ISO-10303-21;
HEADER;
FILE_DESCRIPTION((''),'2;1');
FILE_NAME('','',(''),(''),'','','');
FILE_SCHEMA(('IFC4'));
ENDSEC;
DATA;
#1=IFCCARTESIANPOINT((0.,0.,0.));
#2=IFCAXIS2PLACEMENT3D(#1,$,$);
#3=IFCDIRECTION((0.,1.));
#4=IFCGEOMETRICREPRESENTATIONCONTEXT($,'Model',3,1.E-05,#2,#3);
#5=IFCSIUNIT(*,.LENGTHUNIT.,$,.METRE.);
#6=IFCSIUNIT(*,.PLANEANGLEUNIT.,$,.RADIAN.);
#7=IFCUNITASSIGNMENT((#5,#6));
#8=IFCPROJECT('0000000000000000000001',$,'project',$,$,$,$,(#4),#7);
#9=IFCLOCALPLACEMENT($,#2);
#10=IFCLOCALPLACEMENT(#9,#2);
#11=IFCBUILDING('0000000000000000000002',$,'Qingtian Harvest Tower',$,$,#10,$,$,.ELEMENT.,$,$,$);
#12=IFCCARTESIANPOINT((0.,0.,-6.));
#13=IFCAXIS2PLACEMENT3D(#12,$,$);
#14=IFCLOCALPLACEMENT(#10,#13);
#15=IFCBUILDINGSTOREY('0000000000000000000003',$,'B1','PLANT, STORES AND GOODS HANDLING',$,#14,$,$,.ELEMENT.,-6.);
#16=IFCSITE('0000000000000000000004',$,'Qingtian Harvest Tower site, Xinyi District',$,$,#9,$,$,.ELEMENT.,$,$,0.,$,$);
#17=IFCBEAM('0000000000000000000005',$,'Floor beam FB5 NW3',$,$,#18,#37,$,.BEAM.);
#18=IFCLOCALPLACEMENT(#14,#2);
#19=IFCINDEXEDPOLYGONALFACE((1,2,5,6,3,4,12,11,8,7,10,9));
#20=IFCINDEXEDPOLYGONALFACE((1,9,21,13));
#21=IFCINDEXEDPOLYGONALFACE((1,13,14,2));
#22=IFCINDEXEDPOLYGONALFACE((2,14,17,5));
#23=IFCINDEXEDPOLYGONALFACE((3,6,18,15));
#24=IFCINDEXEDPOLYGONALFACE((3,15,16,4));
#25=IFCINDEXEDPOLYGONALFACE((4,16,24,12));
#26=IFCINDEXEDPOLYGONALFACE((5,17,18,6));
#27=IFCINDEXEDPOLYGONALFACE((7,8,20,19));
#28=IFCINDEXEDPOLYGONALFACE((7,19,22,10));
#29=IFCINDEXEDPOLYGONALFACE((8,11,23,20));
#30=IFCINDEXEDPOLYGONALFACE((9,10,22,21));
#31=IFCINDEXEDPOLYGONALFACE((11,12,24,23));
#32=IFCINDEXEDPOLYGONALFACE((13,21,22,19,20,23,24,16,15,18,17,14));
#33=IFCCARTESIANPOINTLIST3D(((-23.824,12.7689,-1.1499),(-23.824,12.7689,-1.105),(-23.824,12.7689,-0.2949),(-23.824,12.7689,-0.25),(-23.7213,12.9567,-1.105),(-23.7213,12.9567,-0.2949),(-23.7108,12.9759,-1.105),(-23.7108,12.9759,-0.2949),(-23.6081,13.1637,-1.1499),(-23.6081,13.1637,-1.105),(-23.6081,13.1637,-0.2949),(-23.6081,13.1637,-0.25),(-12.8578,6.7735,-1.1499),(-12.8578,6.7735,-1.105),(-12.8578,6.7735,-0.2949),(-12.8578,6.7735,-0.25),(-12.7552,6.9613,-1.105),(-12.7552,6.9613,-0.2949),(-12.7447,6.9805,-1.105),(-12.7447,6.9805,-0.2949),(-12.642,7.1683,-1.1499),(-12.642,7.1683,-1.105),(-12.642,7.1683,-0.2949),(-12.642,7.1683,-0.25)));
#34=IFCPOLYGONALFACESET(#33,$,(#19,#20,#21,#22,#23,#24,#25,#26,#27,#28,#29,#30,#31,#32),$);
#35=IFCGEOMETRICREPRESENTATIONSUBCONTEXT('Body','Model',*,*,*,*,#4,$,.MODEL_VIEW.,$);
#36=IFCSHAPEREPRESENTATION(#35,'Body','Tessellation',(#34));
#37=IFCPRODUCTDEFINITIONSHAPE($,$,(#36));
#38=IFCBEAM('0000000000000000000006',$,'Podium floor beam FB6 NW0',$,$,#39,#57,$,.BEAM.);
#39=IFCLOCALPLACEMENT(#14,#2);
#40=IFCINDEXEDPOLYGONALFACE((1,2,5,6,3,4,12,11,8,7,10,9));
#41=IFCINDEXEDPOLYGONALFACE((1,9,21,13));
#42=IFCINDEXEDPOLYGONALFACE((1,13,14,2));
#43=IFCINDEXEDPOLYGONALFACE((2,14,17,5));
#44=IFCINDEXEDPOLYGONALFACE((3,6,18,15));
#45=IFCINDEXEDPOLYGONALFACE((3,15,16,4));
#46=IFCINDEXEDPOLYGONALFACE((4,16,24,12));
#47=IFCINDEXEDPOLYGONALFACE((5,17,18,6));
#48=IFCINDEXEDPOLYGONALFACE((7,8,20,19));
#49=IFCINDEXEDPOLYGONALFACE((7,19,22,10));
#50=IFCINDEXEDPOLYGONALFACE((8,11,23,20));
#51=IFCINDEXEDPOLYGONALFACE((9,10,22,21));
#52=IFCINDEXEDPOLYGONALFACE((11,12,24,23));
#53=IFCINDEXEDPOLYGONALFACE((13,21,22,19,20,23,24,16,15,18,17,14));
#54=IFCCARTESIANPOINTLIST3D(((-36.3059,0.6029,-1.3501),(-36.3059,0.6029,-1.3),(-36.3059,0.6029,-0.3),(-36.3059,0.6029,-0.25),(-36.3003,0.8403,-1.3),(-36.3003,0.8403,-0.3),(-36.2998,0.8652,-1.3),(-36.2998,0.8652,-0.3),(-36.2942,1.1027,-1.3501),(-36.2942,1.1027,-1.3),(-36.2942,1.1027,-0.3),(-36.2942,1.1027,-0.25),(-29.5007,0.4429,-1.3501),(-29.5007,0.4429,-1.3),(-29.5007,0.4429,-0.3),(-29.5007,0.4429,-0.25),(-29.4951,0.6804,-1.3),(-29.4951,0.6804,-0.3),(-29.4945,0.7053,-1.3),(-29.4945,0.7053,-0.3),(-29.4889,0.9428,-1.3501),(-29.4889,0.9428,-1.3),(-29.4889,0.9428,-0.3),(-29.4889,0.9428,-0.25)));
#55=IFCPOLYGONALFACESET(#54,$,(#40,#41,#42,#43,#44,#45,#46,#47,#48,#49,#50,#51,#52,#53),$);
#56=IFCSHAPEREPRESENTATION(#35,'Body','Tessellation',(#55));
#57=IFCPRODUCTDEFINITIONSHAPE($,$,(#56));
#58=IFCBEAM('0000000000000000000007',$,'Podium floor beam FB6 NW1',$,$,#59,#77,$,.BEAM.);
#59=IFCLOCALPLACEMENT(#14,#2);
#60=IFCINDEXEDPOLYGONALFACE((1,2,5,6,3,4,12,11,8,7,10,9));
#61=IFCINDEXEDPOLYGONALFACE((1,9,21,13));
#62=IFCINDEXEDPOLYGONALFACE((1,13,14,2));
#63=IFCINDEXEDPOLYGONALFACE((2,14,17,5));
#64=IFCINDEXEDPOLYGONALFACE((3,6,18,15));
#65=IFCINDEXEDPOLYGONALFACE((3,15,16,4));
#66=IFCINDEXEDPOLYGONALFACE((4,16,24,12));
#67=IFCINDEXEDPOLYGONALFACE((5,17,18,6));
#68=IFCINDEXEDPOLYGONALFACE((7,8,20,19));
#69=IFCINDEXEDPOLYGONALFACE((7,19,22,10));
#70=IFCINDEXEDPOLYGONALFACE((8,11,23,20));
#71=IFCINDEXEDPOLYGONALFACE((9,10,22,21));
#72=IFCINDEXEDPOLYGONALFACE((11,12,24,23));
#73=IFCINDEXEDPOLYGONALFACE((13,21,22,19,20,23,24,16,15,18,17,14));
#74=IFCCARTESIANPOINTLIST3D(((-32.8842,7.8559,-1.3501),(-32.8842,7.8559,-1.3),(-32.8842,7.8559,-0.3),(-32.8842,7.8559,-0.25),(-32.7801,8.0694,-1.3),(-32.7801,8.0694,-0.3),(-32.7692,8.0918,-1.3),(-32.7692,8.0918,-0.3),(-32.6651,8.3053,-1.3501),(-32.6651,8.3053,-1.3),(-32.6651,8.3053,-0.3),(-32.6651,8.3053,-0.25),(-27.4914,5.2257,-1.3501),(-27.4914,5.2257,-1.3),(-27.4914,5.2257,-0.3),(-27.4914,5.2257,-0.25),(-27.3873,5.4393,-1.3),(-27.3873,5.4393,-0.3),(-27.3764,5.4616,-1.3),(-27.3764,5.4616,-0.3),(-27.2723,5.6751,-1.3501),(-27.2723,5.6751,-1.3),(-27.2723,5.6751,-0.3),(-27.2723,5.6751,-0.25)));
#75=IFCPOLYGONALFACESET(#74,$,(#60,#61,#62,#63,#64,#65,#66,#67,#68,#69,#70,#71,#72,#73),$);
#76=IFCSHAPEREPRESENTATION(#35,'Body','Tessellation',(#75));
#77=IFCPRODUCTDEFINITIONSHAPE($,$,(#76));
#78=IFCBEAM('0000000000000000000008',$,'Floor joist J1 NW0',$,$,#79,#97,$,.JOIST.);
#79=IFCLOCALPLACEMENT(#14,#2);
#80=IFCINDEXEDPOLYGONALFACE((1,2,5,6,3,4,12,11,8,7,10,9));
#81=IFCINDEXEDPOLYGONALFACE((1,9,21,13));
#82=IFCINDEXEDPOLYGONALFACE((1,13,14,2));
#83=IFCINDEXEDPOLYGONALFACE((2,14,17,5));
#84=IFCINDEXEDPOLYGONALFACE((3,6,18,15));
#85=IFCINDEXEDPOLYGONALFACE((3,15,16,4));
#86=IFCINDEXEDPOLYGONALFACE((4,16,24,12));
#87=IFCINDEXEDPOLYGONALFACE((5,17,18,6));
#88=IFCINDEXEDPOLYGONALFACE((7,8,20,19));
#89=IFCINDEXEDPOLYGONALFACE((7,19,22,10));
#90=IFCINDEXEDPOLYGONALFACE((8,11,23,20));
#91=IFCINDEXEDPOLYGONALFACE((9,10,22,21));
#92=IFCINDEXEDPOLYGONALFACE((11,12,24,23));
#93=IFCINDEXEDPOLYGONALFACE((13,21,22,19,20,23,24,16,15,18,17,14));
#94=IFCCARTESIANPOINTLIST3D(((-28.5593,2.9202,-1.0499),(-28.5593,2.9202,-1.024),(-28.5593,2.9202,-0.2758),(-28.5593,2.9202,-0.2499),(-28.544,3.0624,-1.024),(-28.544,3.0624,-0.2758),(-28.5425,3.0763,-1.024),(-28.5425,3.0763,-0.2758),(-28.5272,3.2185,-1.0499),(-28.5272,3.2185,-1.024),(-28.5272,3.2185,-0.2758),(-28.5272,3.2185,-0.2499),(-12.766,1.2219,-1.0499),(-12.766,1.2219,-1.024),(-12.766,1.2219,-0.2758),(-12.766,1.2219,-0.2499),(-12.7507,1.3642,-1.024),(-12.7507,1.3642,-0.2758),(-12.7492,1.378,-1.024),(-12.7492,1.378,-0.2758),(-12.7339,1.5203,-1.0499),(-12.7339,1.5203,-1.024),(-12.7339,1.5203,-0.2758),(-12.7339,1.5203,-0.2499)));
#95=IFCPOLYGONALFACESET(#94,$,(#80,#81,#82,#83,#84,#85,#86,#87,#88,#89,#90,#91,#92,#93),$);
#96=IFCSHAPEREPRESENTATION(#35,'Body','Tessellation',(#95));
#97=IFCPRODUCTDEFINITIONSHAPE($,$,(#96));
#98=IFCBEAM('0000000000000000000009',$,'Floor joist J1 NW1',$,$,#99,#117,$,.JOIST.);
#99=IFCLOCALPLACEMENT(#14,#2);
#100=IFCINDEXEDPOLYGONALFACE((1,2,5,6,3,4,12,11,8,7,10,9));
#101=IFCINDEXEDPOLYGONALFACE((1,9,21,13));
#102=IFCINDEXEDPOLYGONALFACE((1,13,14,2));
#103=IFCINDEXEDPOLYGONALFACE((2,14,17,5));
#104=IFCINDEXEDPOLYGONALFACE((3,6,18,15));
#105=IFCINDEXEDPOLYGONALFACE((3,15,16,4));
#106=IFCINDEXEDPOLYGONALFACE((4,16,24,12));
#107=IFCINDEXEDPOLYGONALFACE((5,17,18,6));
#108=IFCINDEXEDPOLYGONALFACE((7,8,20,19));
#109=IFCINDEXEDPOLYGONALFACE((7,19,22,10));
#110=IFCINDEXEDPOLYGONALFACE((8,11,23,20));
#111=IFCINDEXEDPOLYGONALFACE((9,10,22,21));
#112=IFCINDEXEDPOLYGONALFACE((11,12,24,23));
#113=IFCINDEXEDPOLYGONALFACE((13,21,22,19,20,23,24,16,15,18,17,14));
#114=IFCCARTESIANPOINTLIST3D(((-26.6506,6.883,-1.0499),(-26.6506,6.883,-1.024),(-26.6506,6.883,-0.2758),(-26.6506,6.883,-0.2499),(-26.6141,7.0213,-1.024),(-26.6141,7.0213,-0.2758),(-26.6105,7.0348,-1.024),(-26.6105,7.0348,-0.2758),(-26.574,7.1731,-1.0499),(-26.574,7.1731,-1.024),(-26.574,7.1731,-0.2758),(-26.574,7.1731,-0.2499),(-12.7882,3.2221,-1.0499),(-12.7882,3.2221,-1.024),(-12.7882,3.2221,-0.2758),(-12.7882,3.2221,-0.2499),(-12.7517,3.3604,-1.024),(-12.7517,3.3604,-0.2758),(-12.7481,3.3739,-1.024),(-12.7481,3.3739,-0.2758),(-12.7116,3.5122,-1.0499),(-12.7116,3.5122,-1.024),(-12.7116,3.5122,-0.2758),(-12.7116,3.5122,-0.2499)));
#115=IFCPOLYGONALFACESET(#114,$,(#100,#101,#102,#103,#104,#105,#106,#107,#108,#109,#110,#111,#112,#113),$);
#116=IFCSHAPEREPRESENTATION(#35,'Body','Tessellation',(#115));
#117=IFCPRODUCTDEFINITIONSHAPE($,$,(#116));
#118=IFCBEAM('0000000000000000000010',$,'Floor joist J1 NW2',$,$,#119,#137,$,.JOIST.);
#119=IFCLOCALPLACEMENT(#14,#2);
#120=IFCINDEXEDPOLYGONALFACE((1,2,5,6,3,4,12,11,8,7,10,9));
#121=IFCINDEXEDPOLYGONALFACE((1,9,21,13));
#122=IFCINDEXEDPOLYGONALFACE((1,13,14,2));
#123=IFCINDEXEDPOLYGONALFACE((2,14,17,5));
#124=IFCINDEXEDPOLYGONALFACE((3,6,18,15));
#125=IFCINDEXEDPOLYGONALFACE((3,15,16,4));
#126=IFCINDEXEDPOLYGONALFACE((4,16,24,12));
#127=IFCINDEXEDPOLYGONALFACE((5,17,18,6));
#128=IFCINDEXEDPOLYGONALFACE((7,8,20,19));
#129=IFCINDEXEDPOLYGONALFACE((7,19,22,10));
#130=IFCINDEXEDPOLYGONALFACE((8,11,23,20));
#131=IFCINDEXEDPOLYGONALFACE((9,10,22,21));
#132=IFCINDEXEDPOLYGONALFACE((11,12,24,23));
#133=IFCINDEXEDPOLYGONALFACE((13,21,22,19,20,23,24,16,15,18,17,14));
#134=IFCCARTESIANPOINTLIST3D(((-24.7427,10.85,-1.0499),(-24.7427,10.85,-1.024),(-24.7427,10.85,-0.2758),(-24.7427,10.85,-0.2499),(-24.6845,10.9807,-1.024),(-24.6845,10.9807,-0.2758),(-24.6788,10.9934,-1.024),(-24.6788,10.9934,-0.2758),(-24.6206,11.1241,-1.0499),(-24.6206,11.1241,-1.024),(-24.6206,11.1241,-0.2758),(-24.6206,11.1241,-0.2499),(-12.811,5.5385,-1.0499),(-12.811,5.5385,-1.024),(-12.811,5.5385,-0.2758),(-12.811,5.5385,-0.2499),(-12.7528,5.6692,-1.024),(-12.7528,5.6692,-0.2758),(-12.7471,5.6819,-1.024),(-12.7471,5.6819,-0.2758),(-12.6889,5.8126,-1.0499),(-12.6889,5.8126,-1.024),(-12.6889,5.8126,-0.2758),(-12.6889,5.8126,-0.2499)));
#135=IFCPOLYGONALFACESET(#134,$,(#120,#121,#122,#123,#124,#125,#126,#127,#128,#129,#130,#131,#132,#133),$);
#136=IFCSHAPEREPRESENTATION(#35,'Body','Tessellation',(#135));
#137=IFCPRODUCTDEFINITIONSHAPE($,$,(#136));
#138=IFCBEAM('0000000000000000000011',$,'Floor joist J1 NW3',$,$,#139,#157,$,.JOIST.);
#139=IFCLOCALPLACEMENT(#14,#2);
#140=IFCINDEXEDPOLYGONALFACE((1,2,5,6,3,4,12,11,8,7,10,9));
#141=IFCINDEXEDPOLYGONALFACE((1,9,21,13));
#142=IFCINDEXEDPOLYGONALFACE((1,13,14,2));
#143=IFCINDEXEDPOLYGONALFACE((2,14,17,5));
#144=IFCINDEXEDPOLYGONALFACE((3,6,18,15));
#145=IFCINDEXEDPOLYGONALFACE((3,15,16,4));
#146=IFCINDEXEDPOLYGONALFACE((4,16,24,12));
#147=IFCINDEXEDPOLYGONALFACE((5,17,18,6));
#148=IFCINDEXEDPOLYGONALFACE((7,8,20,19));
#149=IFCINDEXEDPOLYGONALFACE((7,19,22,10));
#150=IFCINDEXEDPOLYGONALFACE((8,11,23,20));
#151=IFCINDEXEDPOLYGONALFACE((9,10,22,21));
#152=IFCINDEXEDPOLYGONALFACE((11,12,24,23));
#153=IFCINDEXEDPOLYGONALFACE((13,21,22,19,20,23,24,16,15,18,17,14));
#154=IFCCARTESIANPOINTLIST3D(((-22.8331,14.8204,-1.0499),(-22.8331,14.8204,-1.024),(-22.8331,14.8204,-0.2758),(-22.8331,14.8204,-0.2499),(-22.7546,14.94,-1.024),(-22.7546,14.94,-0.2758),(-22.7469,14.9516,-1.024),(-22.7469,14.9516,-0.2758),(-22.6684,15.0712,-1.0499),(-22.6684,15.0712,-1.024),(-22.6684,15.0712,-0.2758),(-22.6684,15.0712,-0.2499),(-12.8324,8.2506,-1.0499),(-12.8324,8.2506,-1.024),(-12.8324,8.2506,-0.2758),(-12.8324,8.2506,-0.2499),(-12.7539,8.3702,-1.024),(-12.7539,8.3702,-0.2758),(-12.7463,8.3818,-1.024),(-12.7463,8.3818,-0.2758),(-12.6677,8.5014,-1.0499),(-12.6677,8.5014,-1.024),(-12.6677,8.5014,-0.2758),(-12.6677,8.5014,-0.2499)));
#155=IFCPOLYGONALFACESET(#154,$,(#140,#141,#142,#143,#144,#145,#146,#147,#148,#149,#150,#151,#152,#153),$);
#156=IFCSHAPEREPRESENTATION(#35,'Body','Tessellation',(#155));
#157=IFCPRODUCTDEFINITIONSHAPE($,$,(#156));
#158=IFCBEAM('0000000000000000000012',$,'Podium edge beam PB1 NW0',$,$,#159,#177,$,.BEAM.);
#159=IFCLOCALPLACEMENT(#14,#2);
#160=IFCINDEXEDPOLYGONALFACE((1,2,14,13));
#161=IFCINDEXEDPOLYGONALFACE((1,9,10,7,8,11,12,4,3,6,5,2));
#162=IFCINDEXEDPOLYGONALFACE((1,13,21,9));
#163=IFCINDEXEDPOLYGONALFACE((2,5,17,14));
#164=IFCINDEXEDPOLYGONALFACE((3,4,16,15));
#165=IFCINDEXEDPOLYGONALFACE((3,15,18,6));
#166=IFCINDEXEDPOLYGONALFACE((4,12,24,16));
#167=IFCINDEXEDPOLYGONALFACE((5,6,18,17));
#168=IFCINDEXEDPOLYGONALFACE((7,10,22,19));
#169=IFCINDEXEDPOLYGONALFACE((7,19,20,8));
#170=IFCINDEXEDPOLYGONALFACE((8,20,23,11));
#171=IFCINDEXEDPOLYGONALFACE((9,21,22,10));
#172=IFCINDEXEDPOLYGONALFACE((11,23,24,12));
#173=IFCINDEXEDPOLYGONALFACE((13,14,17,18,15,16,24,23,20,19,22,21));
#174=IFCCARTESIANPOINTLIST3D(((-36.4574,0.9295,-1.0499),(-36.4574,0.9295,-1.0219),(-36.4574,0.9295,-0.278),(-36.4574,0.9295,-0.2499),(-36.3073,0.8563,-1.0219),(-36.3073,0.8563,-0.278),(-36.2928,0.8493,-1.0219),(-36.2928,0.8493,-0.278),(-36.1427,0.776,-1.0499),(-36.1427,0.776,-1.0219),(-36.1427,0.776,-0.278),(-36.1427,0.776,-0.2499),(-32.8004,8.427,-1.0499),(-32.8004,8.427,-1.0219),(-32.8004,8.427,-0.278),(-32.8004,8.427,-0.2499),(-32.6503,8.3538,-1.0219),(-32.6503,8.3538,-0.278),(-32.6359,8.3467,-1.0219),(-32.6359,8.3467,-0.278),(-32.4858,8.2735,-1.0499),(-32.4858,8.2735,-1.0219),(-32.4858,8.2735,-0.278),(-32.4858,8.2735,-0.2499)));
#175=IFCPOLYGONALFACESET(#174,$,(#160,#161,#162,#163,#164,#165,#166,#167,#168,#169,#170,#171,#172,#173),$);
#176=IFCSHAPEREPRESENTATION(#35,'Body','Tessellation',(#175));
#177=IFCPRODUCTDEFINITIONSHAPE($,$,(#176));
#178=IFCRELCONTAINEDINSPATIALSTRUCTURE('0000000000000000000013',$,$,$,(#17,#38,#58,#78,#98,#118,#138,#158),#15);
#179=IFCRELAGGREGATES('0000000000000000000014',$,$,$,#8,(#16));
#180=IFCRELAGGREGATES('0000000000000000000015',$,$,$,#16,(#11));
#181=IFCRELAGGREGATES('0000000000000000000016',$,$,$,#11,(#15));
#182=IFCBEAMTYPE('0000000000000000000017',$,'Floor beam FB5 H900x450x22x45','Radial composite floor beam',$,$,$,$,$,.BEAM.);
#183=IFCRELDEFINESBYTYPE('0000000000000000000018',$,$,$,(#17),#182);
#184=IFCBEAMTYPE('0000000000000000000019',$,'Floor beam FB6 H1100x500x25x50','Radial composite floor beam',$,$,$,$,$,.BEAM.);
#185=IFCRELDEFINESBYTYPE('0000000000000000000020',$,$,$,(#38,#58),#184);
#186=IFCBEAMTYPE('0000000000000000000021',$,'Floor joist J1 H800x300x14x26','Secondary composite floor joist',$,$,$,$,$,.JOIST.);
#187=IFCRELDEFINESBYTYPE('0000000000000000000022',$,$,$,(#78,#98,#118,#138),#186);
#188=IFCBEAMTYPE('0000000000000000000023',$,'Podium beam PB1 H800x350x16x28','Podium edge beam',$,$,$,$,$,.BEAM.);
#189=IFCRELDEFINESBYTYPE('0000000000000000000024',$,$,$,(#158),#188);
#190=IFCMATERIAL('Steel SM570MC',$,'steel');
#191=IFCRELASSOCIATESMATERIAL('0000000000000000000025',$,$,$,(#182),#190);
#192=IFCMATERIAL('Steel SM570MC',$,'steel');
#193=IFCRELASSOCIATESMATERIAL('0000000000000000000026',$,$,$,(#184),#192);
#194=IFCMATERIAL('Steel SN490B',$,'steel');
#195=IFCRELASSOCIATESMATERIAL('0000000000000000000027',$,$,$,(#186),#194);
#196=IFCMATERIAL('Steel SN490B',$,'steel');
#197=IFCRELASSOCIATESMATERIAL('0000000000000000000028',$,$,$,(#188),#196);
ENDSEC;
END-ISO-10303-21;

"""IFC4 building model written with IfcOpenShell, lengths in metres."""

from ifc_helpers import new_model, si_unit, direction, frame, origin, origin_2d, place, context, subcontext, project, spatial, i_section, extrude, material, material_profile, profile_set, type_object, element, save


model = new_model("IFC4")

# Units and contexts
model_context = context("Model", 3, precision=1e-05, world=origin(), true_north=direction((0.0, 1.0)))
body_context = subcontext(model_context, "Body", "Model", "MODEL_VIEW")
ifc_project = project(units=[si_unit("LENGTHUNIT", "METRE"), si_unit("PLANEANGLEUNIT", "RADIAN")], contexts=[model_context])

# Site, building, storey
site_placement = place(None, origin())
site = spatial("IfcSite", under=ifc_project, at=site_placement, Name="Qingtian Harvest Tower site, Xinyi District", CompositionType="ELEMENT", RefElevation=0.0)
building_placement = place(site_placement, origin())
building = spatial("IfcBuilding", under=site, at=building_placement, Name="Qingtian Harvest Tower", CompositionType="ELEMENT")
storey_placement = place(building_placement, frame((0.0, 0.0, -6.0)))
storey = spatial("IfcBuildingStorey", under=building, at=storey_placement, Name="B1", Description="PLANT, STORES AND GOODS HANDLING", CompositionType="ELEMENT", Elevation=-6.0)

# Beams
ifc_material_1 = material(Name="Steel SM570MC", Category="steel")
ifc_material_profile_1 = material_profile(ifc_material_1, i_section(OverallWidth=0.45, OverallDepth=0.8999, WebThickness=0.022, FlangeThickness=0.0449, at=origin_2d()), Name="H900x450x22x45")
ifc_profile_set_1 = profile_set([ifc_material_profile_1], Name="Steel SM570MC")
beam_type_1 = type_object("IfcBeamType", Name="Floor beam FB5 H900x450x22x45", Description="Radial composite floor beam", PredefinedType="BEAM", material=ifc_profile_set_1)
beam_1_placement = place(storey_placement, frame((-23.7161, 12.9663, -0.7), z_axis=(0.877429, -0.479707, 0.0), x_axis=(0.479707, 0.877429, 0.0)))
element("IfcBeam", 1, at=beam_1_placement, inside=storey, type_object=beam_type_1, Name="Floor beam FB5 NW3", PredefinedType="BEAM", context=body_context, shape_type="SweptSolid", body=[
    extrude(i_section(OverallWidth=0.45, OverallDepth=0.8999, WebThickness=0.022, FlangeThickness=0.0449, at=origin_2d()), origin(), (0.0, 0.0, 1.0), 12.498),
])
ifc_material_2 = material(Name="Steel SM570MC", Category="steel")
ifc_material_profile_2 = material_profile(ifc_material_2, i_section(OverallWidth=0.5, OverallDepth=1.1001, WebThickness=0.0249, FlangeThickness=0.05, at=origin_2d()), Name="H1100x500x25x50")
ifc_profile_set_2 = profile_set([ifc_material_profile_2], Name="Steel SM570MC")
beam_type_2 = type_object("IfcBeamType", Name="Floor beam FB6 H1100x500x25x50", Description="Radial composite floor beam", PredefinedType="BEAM", material=ifc_profile_set_2)
beam_2_placement = place(storey_placement, frame((-36.3, 0.8528, -0.8), z_axis=(0.999724, -0.023492, 0.0), x_axis=(0.023492, 0.999724, 0.0)))
element("IfcBeam", 2, at=beam_2_placement, inside=storey, type_object=beam_type_2, Name="Podium floor beam FB6 NW0", PredefinedType="BEAM", context=body_context, shape_type="SweptSolid", body=[
    extrude(i_section(OverallWidth=0.5, OverallDepth=1.1001, WebThickness=0.0249, FlangeThickness=0.05, at=origin_2d()), origin(), (0.0, 0.0, 1.0), 6.8071),
])
beam_3_placement = place(storey_placement, frame((-32.7747, 8.0806, -0.8), z_axis=(0.898802, -0.438354, 0.0), x_axis=(0.438354, 0.898802, 0.0)))
element("IfcBeam", 3, at=beam_3_placement, inside=storey, type_object=beam_type_2, Name="Podium floor beam FB6 NW1", PredefinedType="BEAM", context=body_context, shape_type="SweptSolid", body=[
    extrude(i_section(OverallWidth=0.5, OverallDepth=1.1001, WebThickness=0.0249, FlangeThickness=0.05, at=origin_2d()), origin(), (0.0, 0.0, 1.0), 6.0),
])
ifc_material_3 = material(Name="Steel SN490B", Category="steel")
ifc_material_profile_3 = material_profile(ifc_material_3, i_section(OverallWidth=0.3, OverallDepth=0.8, WebThickness=0.0139, FlangeThickness=0.0259, at=origin_2d()), Name="H800x300x14x26")
ifc_profile_set_3 = profile_set([ifc_material_profile_3], Name="Steel SN490B")
beam_type_3 = type_object("IfcBeamType", Name="Floor joist J1 H800x300x14x26", Description="Secondary composite floor joist", PredefinedType="JOIST", material=ifc_profile_set_3)
beam_4_placement = place(storey_placement, frame((-28.5432, 3.0693, -0.6499), z_axis=(0.994268, -0.106914, 0.0), x_axis=(0.106914, 0.994268, 0.0)))
element("IfcBeam", 4, at=beam_4_placement, inside=storey, type_object=beam_type_3, Name="Floor joist J1 NW0", PredefinedType="JOIST", context=body_context, shape_type="SweptSolid", body=[
    extrude(i_section(OverallWidth=0.3, OverallDepth=0.8, WebThickness=0.0139, FlangeThickness=0.0259, at=origin_2d()), origin(), (0.0, 0.0, 1.0), 15.8843),
])
beam_5_placement = place(storey_placement, frame((-26.6123, 7.0281, -0.6499), z_axis=(0.966852, -0.255336, 0.0), x_axis=(0.255336, 0.966852, 0.0)))
element("IfcBeam", 5, at=beam_5_placement, inside=storey, type_object=beam_type_3, Name="Floor joist J1 NW1", PredefinedType="JOIST", context=body_context, shape_type="SweptSolid", body=[
    extrude(i_section(OverallWidth=0.3, OverallDepth=0.8, WebThickness=0.0139, FlangeThickness=0.0259, at=origin_2d()), origin(), (0.0, 0.0, 1.0), 14.3376),
])
beam_6_placement = place(storey_placement, frame((-24.6816, 10.9871, -0.6499), z_axis=(0.913568, -0.406686, 0.0), x_axis=(0.406686, 0.913568, 0.0)))
element("IfcBeam", 6, at=beam_6_placement, inside=storey, type_object=beam_type_3, Name="Floor joist J1 NW2", PredefinedType="JOIST", context=body_context, shape_type="SweptSolid", body=[
    extrude(i_section(OverallWidth=0.3, OverallDepth=0.8, WebThickness=0.0139, FlangeThickness=0.0259, at=origin_2d()), origin(), (0.0, 0.0, 1.0), 13.0605),
])
beam_7_placement = place(storey_placement, frame((-22.7507, 14.9458, -0.6499), z_axis=(0.835785, -0.549056, 0.0), x_axis=(0.549056, 0.835785, 0.0)))
element("IfcBeam", 7, at=beam_7_placement, inside=storey, type_object=beam_type_3, Name="Floor joist J1 NW3", PredefinedType="JOIST", context=body_context, shape_type="SweptSolid", body=[
    extrude(i_section(OverallWidth=0.3, OverallDepth=0.8, WebThickness=0.0139, FlangeThickness=0.0259, at=origin_2d()), origin(), (0.0, 0.0, 1.0), 11.9656),
])
ifc_material_4 = material(Name="Steel SN490B", Category="steel")
ifc_material_profile_4 = material_profile(ifc_material_4, i_section(OverallWidth=0.3501, OverallDepth=0.8, WebThickness=0.0161, FlangeThickness=0.0281, at=origin_2d()), Name="H800x350x16x28")
ifc_profile_set_4 = profile_set([ifc_material_profile_4], Name="Steel SN490B")
beam_type_4 = type_object("IfcBeamType", Name="Podium beam PB1 H800x350x16x28", Description="Podium edge beam", PredefinedType="BEAM", material=ifc_profile_set_4)
for number, where, z_axis, x_axis, name in (
    (8, (-36.3, 0.8528, -0.6499), (0.438388, 0.898786, 0.0), (-0.898786, 0.438388, 0.0), "Podium edge beam PB1 NW0"),
):
    element("IfcBeam", number, at=place(storey_placement, frame(where, z_axis=z_axis, x_axis=x_axis)), inside=storey, type_object=beam_type_4, Name=name, PredefinedType="BEAM", context=body_context, shape_type="SweptSolid", body=[
        extrude(i_section(OverallWidth=0.3501, OverallDepth=0.8, WebThickness=0.0161, FlangeThickness=0.0281, at=origin_2d()), origin(), (0.0, 0.0, 1.0), 8.3418),
    ])

save(model, "model.ifc")
